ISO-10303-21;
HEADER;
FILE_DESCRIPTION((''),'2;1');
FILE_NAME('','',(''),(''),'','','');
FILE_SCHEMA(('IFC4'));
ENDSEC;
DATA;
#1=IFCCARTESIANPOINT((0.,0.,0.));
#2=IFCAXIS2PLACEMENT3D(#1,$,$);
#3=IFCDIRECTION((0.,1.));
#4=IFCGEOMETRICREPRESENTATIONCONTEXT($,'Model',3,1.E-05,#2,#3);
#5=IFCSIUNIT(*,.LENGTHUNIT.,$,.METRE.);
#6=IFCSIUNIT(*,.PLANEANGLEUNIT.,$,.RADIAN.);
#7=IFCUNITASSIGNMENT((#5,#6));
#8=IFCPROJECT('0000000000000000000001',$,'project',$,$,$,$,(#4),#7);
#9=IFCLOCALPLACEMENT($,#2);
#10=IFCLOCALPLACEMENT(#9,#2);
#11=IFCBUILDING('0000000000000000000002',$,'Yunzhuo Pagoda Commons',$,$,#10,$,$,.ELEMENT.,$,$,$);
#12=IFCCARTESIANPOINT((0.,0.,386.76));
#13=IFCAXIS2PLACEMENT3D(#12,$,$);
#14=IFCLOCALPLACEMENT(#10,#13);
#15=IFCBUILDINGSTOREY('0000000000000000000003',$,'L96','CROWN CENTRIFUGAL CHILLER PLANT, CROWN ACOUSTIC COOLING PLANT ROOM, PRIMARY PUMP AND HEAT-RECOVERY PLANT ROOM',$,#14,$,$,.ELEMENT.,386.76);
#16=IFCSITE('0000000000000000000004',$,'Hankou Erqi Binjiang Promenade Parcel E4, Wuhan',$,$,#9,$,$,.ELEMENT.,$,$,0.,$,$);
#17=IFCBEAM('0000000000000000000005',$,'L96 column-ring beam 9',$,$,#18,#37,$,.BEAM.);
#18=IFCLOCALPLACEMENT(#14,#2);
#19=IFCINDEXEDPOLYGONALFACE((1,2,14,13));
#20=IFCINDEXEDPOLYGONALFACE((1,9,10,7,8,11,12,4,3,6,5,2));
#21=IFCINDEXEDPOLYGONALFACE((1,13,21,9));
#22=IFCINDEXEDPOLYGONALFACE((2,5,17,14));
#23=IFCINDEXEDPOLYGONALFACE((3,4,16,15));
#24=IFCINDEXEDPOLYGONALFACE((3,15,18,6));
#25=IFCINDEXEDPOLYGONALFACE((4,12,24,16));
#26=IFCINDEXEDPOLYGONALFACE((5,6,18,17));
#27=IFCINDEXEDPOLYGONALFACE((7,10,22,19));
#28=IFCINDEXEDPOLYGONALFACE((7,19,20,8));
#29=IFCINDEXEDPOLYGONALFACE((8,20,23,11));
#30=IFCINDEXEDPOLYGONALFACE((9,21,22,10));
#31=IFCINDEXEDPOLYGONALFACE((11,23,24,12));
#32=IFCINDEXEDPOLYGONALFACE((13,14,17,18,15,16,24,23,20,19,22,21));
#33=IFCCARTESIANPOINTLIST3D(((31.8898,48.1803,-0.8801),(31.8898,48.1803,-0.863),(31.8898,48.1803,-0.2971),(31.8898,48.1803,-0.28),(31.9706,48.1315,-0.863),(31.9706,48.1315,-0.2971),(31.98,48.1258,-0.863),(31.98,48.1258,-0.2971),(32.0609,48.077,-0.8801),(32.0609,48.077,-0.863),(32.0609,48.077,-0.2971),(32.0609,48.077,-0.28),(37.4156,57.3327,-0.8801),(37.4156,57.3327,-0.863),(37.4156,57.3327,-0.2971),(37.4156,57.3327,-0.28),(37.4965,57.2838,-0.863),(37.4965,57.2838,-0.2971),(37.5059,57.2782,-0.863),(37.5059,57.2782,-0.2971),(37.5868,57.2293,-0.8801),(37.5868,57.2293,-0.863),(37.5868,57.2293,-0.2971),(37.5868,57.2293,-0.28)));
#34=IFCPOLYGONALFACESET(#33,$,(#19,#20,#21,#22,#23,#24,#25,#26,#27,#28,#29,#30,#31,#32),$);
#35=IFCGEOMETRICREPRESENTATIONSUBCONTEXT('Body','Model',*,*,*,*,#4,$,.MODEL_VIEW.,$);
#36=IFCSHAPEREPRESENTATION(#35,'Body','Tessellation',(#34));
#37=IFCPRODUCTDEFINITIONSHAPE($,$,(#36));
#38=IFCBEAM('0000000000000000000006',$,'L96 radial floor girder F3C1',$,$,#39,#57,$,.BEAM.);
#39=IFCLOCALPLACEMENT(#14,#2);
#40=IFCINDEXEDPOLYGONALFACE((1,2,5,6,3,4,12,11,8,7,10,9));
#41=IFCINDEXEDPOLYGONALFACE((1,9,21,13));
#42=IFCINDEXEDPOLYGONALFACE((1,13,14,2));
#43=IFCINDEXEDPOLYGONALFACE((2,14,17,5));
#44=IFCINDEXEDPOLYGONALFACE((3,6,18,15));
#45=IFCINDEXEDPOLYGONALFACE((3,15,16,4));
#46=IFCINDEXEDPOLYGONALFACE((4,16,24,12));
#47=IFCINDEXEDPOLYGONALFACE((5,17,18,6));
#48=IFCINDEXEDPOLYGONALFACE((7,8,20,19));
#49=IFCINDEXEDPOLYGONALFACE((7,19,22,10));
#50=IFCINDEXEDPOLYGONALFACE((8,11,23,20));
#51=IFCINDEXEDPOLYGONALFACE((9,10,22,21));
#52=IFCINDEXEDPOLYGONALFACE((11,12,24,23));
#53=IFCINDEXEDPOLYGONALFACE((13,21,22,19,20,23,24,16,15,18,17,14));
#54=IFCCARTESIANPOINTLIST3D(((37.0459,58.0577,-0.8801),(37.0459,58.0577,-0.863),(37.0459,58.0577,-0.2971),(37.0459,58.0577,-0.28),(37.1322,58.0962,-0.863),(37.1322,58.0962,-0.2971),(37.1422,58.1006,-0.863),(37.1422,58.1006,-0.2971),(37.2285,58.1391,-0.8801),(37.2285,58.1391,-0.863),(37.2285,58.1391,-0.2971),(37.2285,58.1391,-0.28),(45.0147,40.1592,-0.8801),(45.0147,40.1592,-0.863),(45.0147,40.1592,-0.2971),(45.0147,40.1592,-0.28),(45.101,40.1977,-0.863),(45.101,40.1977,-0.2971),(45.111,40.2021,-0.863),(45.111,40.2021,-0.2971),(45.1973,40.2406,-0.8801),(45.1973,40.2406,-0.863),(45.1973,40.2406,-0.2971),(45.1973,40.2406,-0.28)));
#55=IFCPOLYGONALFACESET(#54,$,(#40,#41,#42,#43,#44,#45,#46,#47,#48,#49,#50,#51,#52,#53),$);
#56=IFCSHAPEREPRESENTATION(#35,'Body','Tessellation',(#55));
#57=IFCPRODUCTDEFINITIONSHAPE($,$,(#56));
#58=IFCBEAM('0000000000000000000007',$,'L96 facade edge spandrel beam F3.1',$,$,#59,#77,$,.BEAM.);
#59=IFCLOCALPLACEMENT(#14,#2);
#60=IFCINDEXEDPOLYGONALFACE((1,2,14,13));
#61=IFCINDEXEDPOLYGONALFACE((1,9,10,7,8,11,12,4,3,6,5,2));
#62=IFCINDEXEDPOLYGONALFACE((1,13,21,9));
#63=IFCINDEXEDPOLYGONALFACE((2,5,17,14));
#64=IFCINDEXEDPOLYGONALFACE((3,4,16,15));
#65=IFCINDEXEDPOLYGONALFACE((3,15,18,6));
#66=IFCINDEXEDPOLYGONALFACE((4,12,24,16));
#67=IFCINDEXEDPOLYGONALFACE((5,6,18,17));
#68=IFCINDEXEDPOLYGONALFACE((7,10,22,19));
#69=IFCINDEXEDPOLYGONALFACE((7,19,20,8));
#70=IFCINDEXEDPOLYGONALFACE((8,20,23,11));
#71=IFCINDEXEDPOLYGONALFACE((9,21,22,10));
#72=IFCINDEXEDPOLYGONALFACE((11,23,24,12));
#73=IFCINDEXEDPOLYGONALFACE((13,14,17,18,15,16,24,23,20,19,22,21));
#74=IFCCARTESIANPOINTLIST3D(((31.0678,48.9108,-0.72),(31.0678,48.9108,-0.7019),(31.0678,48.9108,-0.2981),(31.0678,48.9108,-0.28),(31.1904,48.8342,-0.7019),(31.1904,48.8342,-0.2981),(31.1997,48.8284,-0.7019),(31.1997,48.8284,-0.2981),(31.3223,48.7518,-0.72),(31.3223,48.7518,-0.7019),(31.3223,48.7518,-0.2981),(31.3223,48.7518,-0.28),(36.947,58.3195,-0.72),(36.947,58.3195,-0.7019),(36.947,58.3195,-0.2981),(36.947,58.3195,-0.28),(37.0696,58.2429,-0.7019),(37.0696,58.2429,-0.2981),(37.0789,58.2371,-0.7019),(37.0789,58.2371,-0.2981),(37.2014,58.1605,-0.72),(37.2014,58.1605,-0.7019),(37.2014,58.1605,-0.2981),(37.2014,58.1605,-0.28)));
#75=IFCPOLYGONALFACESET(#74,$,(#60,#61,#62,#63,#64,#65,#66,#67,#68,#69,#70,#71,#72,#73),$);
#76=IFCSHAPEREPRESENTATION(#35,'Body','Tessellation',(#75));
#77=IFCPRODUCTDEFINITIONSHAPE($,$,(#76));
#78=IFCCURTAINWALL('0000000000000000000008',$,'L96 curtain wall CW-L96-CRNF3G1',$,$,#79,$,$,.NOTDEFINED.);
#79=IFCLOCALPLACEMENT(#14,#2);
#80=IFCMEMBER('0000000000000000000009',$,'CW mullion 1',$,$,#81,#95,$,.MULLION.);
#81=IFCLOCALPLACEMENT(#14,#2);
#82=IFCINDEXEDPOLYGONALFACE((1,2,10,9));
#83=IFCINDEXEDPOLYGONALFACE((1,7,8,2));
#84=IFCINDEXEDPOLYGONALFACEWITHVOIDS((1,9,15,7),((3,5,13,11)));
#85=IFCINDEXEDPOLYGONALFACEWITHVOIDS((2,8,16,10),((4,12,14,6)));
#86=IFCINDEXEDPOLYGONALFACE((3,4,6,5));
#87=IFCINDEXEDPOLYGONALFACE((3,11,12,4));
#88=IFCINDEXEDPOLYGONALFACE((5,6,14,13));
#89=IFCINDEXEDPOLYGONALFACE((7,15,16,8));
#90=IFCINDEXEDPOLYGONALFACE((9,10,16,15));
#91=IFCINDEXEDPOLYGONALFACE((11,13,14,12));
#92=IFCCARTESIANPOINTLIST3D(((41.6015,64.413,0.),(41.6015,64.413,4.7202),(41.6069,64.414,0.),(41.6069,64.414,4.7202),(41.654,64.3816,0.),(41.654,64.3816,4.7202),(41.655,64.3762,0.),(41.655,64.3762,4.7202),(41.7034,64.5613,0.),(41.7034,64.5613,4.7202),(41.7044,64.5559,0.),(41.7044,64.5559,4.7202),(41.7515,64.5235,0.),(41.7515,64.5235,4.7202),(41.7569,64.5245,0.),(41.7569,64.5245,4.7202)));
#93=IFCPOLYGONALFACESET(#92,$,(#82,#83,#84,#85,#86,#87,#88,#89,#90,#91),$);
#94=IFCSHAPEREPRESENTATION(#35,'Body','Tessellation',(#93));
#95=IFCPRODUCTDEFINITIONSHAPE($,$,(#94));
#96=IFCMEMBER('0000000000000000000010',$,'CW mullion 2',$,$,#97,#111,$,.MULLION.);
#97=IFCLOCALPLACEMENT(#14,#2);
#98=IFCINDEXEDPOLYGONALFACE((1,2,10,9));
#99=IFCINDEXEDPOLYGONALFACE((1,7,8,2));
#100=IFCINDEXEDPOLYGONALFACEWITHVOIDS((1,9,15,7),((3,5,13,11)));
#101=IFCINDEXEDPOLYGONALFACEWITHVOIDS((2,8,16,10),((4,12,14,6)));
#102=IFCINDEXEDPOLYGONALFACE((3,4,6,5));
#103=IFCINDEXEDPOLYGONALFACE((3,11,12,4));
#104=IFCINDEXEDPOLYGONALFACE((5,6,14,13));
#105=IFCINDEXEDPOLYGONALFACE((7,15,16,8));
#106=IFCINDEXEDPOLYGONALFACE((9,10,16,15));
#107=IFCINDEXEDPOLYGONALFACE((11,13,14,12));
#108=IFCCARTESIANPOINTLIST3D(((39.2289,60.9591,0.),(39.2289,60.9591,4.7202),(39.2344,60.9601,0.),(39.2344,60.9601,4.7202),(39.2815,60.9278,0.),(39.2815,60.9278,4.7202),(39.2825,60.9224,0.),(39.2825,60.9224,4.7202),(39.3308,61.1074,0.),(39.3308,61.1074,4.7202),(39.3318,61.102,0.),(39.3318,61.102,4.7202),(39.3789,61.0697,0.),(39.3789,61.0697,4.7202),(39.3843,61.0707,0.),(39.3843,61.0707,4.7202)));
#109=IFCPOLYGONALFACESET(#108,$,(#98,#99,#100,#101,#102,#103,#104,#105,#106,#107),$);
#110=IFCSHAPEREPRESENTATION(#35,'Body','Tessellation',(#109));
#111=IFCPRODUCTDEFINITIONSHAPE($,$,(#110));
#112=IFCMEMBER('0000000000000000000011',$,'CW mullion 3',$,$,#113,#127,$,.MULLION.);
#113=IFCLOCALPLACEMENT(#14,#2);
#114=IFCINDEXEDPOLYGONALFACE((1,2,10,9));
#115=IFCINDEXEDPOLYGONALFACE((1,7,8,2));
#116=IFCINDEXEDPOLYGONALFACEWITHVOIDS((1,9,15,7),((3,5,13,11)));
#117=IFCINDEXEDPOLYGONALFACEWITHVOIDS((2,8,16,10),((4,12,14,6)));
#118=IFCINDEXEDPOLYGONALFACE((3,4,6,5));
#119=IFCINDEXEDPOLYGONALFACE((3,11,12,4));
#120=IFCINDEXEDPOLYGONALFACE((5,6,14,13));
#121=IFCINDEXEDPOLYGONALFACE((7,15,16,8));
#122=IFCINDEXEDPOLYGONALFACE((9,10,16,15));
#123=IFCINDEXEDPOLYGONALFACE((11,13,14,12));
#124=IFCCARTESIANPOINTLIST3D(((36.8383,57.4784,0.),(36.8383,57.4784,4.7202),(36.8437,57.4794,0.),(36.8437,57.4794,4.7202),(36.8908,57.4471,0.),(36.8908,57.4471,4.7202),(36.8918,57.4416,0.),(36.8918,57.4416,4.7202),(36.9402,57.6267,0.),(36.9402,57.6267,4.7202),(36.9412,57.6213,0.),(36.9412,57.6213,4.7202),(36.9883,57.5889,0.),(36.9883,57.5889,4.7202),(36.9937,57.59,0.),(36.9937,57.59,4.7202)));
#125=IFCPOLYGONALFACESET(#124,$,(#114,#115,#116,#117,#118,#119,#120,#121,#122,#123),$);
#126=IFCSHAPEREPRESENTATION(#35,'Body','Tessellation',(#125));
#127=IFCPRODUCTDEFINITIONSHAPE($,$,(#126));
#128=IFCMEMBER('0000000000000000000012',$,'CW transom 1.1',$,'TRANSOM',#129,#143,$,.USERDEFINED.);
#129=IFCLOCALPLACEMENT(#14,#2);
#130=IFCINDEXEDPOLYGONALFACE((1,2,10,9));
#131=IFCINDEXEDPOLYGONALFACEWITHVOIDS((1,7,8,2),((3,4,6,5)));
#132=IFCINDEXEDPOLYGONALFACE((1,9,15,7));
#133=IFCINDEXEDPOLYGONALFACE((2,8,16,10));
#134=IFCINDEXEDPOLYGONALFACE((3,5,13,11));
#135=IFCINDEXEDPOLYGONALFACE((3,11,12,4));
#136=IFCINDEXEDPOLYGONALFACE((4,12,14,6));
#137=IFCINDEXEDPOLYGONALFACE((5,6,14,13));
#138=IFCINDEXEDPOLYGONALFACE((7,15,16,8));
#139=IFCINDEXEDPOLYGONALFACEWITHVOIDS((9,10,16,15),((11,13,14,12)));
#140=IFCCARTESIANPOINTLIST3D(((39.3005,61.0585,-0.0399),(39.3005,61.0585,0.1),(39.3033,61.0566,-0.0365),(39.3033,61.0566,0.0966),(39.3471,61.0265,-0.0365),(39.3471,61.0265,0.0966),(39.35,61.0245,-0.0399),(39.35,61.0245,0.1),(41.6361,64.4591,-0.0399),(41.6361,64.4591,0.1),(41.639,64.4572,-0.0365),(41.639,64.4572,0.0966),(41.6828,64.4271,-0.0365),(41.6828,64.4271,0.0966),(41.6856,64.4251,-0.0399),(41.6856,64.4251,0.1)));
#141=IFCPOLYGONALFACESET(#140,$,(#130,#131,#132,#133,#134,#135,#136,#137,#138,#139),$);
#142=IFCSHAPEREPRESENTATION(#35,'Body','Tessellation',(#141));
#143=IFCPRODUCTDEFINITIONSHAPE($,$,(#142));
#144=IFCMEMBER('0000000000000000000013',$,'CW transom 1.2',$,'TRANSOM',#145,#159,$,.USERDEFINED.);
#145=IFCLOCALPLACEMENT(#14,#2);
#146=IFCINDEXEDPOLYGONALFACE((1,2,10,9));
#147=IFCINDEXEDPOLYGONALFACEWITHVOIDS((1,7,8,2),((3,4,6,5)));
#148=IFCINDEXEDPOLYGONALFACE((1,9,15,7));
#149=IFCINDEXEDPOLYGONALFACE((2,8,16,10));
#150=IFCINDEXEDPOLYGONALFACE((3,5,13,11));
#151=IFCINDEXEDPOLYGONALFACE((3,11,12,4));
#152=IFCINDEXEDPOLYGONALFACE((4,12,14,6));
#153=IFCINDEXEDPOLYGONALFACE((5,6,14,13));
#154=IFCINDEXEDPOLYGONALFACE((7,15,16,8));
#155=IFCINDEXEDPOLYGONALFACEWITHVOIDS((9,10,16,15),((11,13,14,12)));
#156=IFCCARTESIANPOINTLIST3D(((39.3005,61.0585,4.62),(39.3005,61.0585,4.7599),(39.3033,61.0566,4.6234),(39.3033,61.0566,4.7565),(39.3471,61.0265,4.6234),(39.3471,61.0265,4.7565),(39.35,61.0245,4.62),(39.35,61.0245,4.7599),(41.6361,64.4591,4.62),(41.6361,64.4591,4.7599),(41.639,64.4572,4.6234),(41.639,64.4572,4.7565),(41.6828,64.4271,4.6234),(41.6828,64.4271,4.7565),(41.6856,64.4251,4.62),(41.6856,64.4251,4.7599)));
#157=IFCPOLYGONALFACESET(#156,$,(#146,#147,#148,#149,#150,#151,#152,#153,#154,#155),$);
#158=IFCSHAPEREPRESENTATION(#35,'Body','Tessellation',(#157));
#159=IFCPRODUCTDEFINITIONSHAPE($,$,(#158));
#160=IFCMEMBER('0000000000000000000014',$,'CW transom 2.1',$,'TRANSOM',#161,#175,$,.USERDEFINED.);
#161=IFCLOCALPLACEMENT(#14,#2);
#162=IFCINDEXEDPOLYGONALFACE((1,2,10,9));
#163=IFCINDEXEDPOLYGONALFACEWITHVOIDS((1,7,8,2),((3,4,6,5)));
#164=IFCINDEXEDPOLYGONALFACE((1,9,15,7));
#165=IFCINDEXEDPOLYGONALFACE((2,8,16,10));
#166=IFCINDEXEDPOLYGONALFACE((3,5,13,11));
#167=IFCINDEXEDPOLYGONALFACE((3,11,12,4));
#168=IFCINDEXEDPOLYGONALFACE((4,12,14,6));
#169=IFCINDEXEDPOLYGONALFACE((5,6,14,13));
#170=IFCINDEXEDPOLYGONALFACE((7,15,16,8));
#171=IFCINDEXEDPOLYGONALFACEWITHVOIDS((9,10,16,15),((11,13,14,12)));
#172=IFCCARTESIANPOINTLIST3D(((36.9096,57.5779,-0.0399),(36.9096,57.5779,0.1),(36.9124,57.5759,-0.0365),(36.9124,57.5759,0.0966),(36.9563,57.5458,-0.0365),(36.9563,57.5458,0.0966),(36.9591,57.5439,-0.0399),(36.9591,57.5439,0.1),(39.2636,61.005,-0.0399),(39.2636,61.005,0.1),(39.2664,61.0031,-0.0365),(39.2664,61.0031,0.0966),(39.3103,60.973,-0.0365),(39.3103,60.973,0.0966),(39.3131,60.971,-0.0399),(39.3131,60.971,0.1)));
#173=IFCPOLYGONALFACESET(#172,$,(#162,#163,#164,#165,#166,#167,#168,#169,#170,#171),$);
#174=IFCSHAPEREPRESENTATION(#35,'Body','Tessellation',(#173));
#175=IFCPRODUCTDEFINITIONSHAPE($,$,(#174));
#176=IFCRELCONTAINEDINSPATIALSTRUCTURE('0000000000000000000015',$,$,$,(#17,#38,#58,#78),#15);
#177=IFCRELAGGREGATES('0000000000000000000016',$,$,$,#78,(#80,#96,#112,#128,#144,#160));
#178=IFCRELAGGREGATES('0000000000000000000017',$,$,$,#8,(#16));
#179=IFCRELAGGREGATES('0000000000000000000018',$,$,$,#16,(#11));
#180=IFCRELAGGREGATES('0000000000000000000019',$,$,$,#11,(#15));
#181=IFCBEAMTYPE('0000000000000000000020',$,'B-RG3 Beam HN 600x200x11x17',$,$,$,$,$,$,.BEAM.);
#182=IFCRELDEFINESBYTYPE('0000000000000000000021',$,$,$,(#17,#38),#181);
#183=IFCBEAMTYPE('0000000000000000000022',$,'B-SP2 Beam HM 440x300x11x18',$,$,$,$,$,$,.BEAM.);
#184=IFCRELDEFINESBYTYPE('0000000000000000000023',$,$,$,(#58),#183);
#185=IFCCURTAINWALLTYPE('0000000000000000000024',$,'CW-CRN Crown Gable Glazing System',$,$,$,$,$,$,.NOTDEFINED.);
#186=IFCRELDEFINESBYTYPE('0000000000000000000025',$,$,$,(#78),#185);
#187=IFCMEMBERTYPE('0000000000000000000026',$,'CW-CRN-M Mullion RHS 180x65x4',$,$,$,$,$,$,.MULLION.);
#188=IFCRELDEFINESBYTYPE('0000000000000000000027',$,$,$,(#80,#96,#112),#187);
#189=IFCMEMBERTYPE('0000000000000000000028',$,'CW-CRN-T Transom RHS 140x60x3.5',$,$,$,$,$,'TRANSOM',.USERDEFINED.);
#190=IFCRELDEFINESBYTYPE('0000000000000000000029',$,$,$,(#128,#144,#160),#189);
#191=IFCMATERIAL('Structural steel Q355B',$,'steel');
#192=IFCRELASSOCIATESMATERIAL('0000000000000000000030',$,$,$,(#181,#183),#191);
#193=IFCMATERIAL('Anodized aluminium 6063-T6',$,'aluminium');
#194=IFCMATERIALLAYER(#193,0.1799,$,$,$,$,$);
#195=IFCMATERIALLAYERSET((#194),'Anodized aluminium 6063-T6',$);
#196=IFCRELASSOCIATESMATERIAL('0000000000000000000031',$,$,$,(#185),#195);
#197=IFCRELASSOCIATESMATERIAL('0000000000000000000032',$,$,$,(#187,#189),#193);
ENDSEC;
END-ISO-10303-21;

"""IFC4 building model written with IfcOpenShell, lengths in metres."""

from ifc_helpers import new_model, si_unit, direction, frame, origin, origin_2d, place, context, subcontext, project, spatial, hollow_rectangle, i_section, extrude, source, transform, mapped, material, layer, layer_set, material_profile, profile_set, type_object, element, aggregate, save


model = new_model("IFC4")

# Units and contexts
model_context = context("Model", 3, precision=1e-05, world=origin(), true_north=direction((0.0, 1.0)))
body_context = subcontext(model_context, "Body", "Model", "MODEL_VIEW")
ifc_project = project(units=[si_unit("LENGTHUNIT", "METRE"), si_unit("PLANEANGLEUNIT", "RADIAN")], contexts=[model_context])

# Site, building, storey
site_placement = place(None, origin())
site = spatial("IfcSite", under=ifc_project, at=site_placement, Name="Hankou Erqi Binjiang Promenade Parcel E4, Wuhan", CompositionType="ELEMENT", RefElevation=0.0)
building_placement = place(site_placement, origin())
building = spatial("IfcBuilding", under=site, at=building_placement, Name="Yunzhuo Pagoda Commons", CompositionType="ELEMENT")
storey_placement = place(building_placement, frame((0.0, 0.0, 386.76)))
storey = spatial("IfcBuildingStorey", under=building, at=storey_placement, Name="L96", Description="CROWN CENTRIFUGAL CHILLER PLANT, CROWN ACOUSTIC COOLING PLANT ROOM, PRIMARY PUMP AND HEAT-RECOVERY PLANT ROOM", CompositionType="ELEMENT", Elevation=386.76)

# Beams
ifc_material_1 = material(Name="Structural steel Q355B", Category="steel")
ifc_material_profile_1 = material_profile(ifc_material_1, i_section(OverallWidth=0.2, OverallDepth=0.6001, WebThickness=0.011, FlangeThickness=0.0171, at=origin_2d()), Name="Structural steel Q355B")
ifc_profile_set_1 = profile_set([ifc_material_profile_1], Name="Structural steel Q355B")
beam_type_1 = type_object("IfcBeamType", Name="B-RG3 Beam HN 600x200x11x17", PredefinedType="BEAM", material=ifc_profile_set_1)
shared_shape_1 = source(origin(), body_context, "Body", "SweptSolid", [
    extrude(i_section(OverallWidth=0.2, OverallDepth=0.6001, WebThickness=0.011, FlangeThickness=0.0171, at=origin_2d()), origin(), (0.0, 0.0, 1.0), 10.6912),
])
beam_1_placement = place(storey_placement, frame((37.5012, 57.281, -0.5801), z_axis=(-0.516865, -0.856067, 0.0), x_axis=(0.856067, -0.516865, 0.0)))
element("IfcBeam", 1, at=beam_1_placement, inside=storey, type_object=beam_type_1, Name="L96 column-ring beam 9", PredefinedType="BEAM", context=body_context, shape_type="MappedRepresentation", body=[
    mapped(shared_shape_1, transform((0.0, 0.0, 0.0), scale=1.0)),
])
shared_shape_2 = source(origin(), body_context, "Body", "SweptSolid", [
    extrude(i_section(OverallWidth=0.2, OverallDepth=0.6001, WebThickness=0.011, FlangeThickness=0.0171, at=origin_2d()), origin(), (0.0, 0.0, 1.0), 19.5923),
])
beam_2_placement = place(storey_placement, frame((37.1372, 58.0984, -0.5801), z_axis=(0.40673, -0.913548, 0.0), x_axis=(0.913548, 0.40673, 0.0)))
element("IfcBeam", 2, at=beam_2_placement, inside=storey, type_object=beam_type_1, Name="L96 radial floor girder F3C1", PredefinedType="BEAM", context=body_context, shape_type="MappedRepresentation", body=[
    mapped(shared_shape_2, transform((0.0, 0.0, 0.0), scale=1.0)),
])
ifc_material_profile_2 = material_profile(ifc_material_1, i_section(OverallWidth=0.3, OverallDepth=0.4399, WebThickness=0.011, FlangeThickness=0.0181, at=origin_2d()), Name="Structural steel Q355B")
ifc_profile_set_2 = profile_set([ifc_material_profile_2], Name="Structural steel Q355B")
beam_type_2 = type_object("IfcBeamType", Name="B-SP2 Beam HM 440x300x11x18", PredefinedType="BEAM", material=ifc_profile_set_2)
shared_shape_3 = source(origin(), body_context, "Body", "SweptSolid", [
    extrude(i_section(OverallWidth=0.3, OverallDepth=0.4399, WebThickness=0.011, FlangeThickness=0.0181, at=origin_2d()), origin(), (0.0, 0.0, 1.0), 11.0945),
])
beam_3_placement = place(storey_placement, frame((37.0742, 58.24, -0.5), z_axis=(-0.529916, -0.84805, 0.0), x_axis=(0.84805, -0.529916, 0.0)))
element("IfcBeam", 3, at=beam_3_placement, inside=storey, type_object=beam_type_2, Name="L96 facade edge spandrel beam F3.1", PredefinedType="BEAM", context=body_context, shape_type="MappedRepresentation", body=[
    mapped(shared_shape_3, transform((0.0, 0.0, 0.0), scale=1.0)),
])

# Curtain wall, members
ifc_material_2 = material(Name="Anodized aluminium 6063-T6", Category="aluminium")
ifc_layer_1 = layer(ifc_material_2, 0.1799)
ifc_layer_set_1 = layer_set([ifc_layer_1], Name="Anodized aluminium 6063-T6")
curtain_wall_type_1 = type_object("IfcCurtainWallType", Name="CW-CRN Crown Gable Glazing System", PredefinedType="NOTDEFINED", material=ifc_layer_set_1)
curtain_wall_1_placement = place(storey_placement, origin())
curtain_wall_1 = element("IfcCurtainWall", 4, at=curtain_wall_1_placement, inside=storey, type_object=curtain_wall_type_1, Name="L96 curtain wall CW-L96-CRNF3G1", PredefinedType="NOTDEFINED")
ifc_material_profile_3 = material_profile(ifc_material_2, hollow_rectangle(XDim=0.0649, YDim=0.1799, WallThickness=0.0039, at=origin_2d()), Name="Anodized aluminium 6063-T6")
ifc_profile_set_3 = profile_set([ifc_material_profile_3], Name="Anodized aluminium 6063-T6")
member_type_1 = type_object("IfcMemberType", Name="CW-CRN-M Mullion RHS 180x65x4", PredefinedType="MULLION", material=ifc_profile_set_3)
shared_shape_4 = source(origin(), body_context, "Body", "SweptSolid", [
    extrude(hollow_rectangle(XDim=0.0649, YDim=0.1799, WallThickness=0.0039, at=origin_2d()), origin(), (0.0, 0.0, 1.0), 4.7202),
])
member_1_placement = place(storey_placement, frame((41.6792, 64.4688, 0.0), z_axis=(0.0, 0.0, 1.0), x_axis=(0.824296, -0.566159, 0.0)))
member_1 = element("IfcMember", 5, at=member_1_placement, type_object=member_type_1, Name="CW mullion 1", PredefinedType="MULLION", context=body_context, shape_type="MappedRepresentation", body=[
    mapped(shared_shape_4, transform((0.0, 0.0, 0.0), scale=1.0)),
])
member_2_placement = place(storey_placement, frame((39.3066, 61.0149, 0.0), z_axis=(0.0, 0.0, 1.0), x_axis=(0.824296, -0.566159, 0.0)))
member_2 = element("IfcMember", 6, at=member_2_placement, type_object=member_type_1, Name="CW mullion 2", PredefinedType="MULLION", context=body_context, shape_type="MappedRepresentation", body=[
    mapped(shared_shape_4, transform((0.0, 0.0, 0.0), scale=1.0)),
])
member_3_placement = place(storey_placement, frame((36.916, 57.5342, 0.0), z_axis=(0.0, 0.0, 1.0), x_axis=(0.824296, -0.566159, 0.0)))
member_3 = element("IfcMember", 7, at=member_3_placement, type_object=member_type_1, Name="CW mullion 3", PredefinedType="MULLION", context=body_context, shape_type="MappedRepresentation", body=[
    mapped(shared_shape_4, transform((0.0, 0.0, 0.0), scale=1.0)),
])
ifc_material_profile_4 = material_profile(ifc_material_2, hollow_rectangle(XDim=0.0601, YDim=0.1399, WallThickness=0.0034, at=origin_2d()), Name="Anodized aluminium 6063-T6")
ifc_profile_set_4 = profile_set([ifc_material_profile_4], Name="Anodized aluminium 6063-T6")
member_type_2 = type_object("IfcMemberType", Name="CW-CRN-T Transom RHS 140x60x3.5", ElementType="TRANSOM", PredefinedType="USERDEFINED", material=ifc_profile_set_4)
shared_shape_5 = source(origin(), body_context, "Body", "SweptSolid", [
    extrude(hollow_rectangle(XDim=0.0601, YDim=0.1399, WallThickness=0.0034, at=origin_2d()), origin(), (0.0, 0.0, 1.0), 4.1255),
])
member_4_placement = place(storey_placement, frame((41.6609, 64.4421, 0.03), z_axis=(-0.56616, -0.824296, 0.0), x_axis=(0.824296, -0.56616, 0.0)))
member_4 = element("IfcMember", 8, at=member_4_placement, type_object=member_type_2, Name="CW transom 1.1", ObjectType="TRANSOM", PredefinedType="USERDEFINED", context=body_context, shape_type="MappedRepresentation", body=[
    mapped(shared_shape_5, transform((0.0, 0.0, 0.0), scale=1.0)),
])
member_5_placement = place(storey_placement, frame((41.6609, 64.4421, 4.6899), z_axis=(-0.56616, -0.824296, 0.0), x_axis=(0.824296, -0.56616, 0.0)))
member_5 = element("IfcMember", 9, at=member_5_placement, type_object=member_type_2, Name="CW transom 1.2", ObjectType="TRANSOM", PredefinedType="USERDEFINED", context=body_context, shape_type="MappedRepresentation", body=[
    mapped(shared_shape_5, transform((0.0, 0.0, 0.0), scale=1.0)),
])
shared_shape_6 = source(origin(), body_context, "Body", "SweptSolid", [
    extrude(hollow_rectangle(XDim=0.0601, YDim=0.1399, WallThickness=0.0034, at=origin_2d()), origin(), (0.0, 0.0, 1.0), 4.1577),
])
member_6_placement = place(storey_placement, frame((39.2883, 60.988, 0.03), z_axis=(-0.566165, -0.824292, 0.0), x_axis=(0.824292, -0.566165, 0.0)))
member_6 = element("IfcMember", 10, at=member_6_placement, type_object=member_type_2, Name="CW transom 2.1", ObjectType="TRANSOM", PredefinedType="USERDEFINED", context=body_context, shape_type="MappedRepresentation", body=[
    mapped(shared_shape_6, transform((0.0, 0.0, 0.0), scale=1.0)),
])

aggregate(curtain_wall_1, [member_1, member_2, member_3, member_4, member_5, member_6])

save(model, "model.ifc")
